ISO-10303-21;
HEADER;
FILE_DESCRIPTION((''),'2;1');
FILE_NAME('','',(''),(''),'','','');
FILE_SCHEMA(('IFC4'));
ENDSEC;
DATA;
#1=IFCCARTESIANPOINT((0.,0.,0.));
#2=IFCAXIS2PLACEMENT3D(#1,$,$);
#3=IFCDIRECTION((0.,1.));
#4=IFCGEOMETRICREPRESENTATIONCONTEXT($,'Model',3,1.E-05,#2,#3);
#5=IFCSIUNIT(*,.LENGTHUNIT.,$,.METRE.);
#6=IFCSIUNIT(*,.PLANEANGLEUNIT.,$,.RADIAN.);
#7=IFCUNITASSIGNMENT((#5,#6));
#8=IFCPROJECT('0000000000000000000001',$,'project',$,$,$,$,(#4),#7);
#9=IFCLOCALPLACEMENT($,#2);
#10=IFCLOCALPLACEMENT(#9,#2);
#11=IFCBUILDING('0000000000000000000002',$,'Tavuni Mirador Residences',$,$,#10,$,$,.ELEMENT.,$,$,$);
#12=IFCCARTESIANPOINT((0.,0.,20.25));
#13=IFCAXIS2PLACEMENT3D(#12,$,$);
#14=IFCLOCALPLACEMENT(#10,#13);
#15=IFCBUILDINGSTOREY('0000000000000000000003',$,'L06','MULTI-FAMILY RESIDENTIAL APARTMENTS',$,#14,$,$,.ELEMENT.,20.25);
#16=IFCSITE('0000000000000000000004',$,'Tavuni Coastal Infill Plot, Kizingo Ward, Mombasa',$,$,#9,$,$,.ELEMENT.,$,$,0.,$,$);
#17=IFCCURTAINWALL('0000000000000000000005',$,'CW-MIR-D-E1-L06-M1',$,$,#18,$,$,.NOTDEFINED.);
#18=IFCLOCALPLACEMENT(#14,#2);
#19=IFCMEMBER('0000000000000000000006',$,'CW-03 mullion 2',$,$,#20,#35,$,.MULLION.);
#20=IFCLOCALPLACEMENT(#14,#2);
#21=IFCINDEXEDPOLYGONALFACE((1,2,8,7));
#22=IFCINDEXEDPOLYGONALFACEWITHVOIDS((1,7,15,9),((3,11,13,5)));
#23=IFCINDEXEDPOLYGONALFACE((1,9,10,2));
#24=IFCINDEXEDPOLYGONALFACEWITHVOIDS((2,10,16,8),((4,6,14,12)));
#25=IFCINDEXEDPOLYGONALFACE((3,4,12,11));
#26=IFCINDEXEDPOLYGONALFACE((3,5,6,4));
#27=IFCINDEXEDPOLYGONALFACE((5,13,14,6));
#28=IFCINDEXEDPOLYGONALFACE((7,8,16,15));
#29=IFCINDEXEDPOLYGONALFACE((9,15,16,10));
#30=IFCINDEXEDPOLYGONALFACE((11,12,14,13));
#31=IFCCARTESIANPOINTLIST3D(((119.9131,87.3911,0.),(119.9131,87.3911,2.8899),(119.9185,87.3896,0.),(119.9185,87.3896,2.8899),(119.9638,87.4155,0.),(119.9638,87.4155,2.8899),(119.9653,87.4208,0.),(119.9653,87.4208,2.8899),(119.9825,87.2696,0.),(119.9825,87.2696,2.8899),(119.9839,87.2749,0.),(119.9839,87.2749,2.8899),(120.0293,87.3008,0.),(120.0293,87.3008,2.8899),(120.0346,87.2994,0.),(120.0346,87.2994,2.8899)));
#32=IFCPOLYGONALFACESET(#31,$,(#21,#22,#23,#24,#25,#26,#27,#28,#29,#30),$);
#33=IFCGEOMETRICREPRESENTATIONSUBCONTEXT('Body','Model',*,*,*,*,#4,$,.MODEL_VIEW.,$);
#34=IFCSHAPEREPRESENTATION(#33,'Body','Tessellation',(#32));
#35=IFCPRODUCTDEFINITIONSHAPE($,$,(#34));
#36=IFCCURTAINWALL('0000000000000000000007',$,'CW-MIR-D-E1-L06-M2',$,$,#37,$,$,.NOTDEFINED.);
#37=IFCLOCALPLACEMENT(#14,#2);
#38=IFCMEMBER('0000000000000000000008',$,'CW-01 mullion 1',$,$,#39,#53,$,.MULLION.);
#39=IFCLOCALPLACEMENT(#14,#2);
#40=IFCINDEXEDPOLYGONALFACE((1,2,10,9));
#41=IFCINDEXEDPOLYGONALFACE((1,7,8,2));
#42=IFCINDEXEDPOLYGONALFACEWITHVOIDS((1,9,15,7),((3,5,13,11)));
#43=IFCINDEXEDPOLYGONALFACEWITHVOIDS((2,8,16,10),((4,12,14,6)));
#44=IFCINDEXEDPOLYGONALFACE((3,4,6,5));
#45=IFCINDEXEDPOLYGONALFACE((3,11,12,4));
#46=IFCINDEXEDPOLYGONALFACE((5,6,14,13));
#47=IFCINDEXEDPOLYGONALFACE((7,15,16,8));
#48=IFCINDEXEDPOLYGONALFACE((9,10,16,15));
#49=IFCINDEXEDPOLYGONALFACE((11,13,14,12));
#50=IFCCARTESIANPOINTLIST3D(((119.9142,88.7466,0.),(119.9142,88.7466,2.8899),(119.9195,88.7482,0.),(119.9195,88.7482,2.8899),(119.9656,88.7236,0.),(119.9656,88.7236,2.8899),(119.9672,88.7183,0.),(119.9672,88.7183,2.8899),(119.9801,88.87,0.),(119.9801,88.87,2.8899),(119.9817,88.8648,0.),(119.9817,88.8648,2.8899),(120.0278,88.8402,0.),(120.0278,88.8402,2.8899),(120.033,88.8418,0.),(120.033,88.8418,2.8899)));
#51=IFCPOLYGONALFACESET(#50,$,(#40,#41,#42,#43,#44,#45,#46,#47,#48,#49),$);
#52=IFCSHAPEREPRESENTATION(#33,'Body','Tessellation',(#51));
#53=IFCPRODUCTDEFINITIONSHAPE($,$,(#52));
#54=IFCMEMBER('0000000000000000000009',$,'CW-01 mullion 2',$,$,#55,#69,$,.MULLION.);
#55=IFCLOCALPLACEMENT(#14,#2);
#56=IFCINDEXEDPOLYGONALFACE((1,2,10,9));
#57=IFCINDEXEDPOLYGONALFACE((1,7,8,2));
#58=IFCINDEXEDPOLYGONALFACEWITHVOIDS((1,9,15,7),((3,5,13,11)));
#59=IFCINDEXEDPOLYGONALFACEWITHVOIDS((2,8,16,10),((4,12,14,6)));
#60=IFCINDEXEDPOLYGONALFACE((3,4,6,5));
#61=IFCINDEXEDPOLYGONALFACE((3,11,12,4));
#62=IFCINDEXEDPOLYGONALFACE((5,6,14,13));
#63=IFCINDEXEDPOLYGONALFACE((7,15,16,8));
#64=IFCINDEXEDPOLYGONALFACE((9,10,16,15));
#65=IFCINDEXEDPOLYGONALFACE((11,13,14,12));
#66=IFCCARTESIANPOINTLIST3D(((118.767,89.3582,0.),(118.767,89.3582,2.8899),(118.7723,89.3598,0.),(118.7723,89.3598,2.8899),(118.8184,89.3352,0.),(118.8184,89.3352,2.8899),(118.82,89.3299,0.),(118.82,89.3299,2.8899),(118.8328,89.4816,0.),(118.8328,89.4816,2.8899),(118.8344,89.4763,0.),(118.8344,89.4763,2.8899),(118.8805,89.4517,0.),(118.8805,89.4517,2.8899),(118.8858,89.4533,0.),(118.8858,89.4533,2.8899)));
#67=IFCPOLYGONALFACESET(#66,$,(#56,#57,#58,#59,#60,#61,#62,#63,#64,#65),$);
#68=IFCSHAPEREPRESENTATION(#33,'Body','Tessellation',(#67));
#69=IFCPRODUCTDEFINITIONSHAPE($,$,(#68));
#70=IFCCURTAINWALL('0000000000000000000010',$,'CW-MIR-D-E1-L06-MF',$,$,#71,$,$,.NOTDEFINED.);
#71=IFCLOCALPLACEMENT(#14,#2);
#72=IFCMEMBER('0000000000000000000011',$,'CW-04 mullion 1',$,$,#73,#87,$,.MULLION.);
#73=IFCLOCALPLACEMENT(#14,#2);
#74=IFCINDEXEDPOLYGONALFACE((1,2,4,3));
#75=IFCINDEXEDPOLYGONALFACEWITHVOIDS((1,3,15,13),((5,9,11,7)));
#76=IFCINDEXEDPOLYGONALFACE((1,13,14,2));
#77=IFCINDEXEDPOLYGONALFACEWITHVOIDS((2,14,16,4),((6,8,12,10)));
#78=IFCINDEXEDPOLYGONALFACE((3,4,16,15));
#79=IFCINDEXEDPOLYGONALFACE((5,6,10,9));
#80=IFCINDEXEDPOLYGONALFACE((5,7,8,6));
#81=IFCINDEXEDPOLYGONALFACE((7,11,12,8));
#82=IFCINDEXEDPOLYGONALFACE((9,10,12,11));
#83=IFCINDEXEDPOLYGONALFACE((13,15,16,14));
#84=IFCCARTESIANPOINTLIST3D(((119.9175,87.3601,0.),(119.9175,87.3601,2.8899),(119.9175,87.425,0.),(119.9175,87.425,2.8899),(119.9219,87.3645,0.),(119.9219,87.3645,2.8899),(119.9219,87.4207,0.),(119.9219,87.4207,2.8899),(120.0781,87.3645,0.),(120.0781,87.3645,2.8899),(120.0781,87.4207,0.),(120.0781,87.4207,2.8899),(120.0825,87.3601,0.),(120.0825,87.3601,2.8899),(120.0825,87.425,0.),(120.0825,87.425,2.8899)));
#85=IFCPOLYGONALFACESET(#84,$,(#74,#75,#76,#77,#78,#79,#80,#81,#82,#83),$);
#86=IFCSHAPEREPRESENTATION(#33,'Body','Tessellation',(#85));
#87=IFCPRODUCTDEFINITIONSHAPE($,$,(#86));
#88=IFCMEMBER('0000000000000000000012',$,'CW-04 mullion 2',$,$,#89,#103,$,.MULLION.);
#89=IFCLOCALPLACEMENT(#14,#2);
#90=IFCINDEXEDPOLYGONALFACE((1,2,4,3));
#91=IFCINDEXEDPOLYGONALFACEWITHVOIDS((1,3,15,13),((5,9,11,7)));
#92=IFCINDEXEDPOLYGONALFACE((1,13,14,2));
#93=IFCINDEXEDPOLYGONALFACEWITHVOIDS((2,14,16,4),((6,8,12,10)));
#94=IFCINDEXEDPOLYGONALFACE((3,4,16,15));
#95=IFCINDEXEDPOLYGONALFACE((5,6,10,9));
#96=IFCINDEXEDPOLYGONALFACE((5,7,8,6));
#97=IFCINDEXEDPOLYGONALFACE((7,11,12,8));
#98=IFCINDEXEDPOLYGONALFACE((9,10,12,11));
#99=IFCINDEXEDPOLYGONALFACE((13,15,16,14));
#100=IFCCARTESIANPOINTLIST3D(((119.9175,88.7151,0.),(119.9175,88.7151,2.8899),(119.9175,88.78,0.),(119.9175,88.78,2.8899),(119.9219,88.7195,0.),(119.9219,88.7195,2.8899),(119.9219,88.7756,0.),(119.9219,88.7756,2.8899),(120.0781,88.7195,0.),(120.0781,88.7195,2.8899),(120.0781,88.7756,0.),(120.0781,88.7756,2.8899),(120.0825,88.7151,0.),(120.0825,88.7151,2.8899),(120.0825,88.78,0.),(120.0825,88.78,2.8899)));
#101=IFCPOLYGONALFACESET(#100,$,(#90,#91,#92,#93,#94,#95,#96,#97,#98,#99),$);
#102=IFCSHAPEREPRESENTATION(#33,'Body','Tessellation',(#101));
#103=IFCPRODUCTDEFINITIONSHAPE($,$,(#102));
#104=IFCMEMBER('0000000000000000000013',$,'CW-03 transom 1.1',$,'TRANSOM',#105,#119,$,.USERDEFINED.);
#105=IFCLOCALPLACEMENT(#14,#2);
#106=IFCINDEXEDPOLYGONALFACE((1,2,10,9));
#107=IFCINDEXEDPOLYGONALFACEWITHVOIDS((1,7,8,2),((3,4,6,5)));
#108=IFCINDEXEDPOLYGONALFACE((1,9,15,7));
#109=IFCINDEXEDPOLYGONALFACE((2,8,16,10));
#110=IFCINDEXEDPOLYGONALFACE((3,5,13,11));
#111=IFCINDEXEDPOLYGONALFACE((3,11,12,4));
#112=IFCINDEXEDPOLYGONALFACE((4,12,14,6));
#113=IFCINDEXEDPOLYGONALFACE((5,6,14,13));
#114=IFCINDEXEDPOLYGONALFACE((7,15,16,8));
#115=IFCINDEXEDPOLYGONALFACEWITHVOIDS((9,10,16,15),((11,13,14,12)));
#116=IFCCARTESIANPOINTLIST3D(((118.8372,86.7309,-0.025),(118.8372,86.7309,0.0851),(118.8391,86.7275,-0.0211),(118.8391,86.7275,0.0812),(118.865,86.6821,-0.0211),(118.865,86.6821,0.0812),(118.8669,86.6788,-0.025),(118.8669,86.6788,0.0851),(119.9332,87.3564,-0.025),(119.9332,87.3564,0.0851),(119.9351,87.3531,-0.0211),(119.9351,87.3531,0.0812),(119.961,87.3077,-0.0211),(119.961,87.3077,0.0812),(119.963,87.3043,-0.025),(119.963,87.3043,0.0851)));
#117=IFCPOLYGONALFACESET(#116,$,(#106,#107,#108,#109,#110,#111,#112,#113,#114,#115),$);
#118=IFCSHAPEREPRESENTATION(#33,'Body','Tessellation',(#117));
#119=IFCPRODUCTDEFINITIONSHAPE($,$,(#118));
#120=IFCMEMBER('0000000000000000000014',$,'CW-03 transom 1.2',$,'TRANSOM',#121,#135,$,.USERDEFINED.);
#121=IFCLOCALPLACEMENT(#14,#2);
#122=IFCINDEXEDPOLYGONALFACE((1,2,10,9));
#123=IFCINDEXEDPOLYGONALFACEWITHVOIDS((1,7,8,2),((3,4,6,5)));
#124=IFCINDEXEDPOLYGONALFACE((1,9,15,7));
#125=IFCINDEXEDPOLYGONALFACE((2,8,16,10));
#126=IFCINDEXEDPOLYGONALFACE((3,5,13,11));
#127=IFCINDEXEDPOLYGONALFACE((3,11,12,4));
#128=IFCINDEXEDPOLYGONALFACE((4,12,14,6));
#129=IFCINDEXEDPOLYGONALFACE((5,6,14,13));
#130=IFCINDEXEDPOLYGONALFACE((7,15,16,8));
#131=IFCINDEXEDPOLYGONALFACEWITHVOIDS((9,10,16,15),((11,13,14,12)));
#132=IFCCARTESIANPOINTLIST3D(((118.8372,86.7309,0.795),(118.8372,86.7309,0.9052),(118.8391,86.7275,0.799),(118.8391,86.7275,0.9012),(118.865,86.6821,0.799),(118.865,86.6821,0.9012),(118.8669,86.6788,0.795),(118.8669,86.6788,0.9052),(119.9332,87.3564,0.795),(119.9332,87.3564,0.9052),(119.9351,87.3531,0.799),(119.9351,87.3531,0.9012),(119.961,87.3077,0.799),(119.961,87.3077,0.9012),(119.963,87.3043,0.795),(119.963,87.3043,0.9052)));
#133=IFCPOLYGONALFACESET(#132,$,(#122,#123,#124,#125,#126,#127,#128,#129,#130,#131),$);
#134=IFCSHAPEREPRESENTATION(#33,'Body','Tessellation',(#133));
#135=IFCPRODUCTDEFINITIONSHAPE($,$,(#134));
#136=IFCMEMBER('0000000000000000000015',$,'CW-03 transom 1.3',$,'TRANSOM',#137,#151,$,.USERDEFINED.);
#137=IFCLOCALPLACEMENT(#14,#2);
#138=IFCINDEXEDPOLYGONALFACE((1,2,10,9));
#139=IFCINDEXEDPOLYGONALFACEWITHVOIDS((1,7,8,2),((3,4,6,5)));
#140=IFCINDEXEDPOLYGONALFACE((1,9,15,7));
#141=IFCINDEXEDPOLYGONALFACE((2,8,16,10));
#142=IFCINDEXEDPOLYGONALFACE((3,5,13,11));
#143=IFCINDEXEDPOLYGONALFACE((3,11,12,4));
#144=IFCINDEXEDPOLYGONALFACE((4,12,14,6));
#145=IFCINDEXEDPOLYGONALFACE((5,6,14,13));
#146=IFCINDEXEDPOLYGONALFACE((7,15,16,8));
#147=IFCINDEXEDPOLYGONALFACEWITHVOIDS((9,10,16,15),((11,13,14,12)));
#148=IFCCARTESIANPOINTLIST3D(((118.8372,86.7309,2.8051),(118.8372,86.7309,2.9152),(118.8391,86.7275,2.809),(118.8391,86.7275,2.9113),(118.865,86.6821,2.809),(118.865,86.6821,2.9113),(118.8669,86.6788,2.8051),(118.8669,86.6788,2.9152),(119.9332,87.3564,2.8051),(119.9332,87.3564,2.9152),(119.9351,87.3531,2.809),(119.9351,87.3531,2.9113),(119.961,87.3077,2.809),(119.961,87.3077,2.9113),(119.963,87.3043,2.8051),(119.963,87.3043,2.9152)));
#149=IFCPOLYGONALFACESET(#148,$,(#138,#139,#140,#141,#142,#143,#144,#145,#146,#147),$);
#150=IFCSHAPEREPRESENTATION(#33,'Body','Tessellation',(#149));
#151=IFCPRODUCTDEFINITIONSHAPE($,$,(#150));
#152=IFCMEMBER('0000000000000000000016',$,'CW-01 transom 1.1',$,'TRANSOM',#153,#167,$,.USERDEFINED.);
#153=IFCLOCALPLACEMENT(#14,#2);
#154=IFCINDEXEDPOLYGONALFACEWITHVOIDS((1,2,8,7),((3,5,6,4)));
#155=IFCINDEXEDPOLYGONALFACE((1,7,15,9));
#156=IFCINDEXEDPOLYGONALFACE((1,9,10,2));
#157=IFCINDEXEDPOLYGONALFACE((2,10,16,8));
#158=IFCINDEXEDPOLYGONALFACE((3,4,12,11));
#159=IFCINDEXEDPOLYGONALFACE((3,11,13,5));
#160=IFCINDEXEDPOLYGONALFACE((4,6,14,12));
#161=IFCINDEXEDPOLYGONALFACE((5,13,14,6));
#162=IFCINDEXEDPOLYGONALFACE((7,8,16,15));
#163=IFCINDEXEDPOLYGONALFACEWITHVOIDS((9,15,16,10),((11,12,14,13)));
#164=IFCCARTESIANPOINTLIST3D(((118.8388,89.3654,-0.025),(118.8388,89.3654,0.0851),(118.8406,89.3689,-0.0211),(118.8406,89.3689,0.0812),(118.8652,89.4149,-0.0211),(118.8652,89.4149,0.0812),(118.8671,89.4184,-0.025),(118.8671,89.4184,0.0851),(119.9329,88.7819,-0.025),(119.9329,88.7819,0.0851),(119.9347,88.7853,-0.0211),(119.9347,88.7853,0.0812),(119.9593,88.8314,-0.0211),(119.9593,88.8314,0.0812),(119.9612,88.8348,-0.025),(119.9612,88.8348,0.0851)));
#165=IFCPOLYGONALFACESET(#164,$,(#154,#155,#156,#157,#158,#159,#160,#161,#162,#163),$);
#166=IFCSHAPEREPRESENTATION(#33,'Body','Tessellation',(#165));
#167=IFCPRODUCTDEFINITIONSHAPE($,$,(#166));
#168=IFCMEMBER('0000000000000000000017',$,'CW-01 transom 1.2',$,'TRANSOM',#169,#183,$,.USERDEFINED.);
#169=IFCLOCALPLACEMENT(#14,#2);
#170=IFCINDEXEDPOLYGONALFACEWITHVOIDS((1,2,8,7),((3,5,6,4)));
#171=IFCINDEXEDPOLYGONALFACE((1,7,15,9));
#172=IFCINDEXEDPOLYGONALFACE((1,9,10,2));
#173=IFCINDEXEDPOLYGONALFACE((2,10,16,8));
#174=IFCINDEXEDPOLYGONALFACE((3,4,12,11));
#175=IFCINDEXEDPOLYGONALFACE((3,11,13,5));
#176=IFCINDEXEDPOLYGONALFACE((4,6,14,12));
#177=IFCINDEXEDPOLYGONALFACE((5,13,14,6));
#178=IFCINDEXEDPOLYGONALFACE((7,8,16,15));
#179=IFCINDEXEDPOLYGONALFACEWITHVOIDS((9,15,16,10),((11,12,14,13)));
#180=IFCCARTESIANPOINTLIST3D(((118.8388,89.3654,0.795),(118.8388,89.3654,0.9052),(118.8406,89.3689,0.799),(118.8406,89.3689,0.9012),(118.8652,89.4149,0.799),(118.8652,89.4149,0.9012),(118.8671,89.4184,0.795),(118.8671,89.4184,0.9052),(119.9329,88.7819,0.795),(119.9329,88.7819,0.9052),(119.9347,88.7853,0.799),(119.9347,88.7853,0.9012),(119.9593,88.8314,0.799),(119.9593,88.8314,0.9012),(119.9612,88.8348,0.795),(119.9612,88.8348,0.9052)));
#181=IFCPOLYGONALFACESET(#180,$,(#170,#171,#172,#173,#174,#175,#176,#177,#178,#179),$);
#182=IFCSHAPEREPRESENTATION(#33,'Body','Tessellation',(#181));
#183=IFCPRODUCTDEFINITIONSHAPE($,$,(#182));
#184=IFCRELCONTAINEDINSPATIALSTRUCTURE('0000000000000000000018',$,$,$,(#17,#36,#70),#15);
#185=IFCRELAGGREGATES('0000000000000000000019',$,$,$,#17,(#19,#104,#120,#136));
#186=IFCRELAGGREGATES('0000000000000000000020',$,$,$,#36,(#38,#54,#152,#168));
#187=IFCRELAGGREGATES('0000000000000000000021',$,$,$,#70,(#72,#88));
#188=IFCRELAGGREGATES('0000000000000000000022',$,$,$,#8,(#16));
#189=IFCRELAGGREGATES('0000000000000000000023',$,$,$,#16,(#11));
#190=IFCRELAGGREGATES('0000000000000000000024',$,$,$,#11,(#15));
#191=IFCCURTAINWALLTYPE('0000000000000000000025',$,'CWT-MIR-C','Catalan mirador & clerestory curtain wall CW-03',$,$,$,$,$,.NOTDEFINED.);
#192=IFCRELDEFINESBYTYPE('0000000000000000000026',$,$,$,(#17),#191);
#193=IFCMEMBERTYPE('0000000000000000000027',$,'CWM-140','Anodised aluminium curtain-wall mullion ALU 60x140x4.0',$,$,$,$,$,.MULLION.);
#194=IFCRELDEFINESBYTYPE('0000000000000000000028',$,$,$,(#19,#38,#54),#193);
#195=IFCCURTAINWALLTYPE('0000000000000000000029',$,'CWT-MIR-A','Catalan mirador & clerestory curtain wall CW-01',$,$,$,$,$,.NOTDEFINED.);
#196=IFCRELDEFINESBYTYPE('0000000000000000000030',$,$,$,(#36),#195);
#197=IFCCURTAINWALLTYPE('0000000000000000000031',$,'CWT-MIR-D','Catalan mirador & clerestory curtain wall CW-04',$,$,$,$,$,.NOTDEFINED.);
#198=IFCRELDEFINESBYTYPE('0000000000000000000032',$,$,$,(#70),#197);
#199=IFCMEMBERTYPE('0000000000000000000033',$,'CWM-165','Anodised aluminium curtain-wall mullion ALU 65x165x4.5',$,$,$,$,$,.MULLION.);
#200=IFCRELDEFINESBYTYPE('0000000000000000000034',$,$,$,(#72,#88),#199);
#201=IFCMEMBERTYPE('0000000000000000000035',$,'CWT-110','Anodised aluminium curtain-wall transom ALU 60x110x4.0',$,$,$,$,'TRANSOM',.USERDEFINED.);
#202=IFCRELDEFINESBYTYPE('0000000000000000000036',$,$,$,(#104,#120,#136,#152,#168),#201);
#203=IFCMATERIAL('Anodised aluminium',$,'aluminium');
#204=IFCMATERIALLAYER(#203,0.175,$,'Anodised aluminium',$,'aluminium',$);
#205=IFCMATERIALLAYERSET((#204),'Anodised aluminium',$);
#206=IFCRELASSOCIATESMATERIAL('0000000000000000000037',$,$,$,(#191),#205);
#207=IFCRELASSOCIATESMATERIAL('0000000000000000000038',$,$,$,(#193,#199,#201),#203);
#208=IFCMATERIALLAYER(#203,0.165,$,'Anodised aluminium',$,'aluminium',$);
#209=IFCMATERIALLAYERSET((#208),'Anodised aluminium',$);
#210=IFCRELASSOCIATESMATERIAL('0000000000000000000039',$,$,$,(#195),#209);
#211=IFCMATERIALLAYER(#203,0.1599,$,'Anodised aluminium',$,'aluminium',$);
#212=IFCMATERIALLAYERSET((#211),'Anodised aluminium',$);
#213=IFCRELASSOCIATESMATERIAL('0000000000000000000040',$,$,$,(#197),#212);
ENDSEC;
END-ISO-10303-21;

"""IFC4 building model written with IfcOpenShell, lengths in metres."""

from ifc_helpers import new_model, si_unit, direction, frame, origin, origin_2d, place, context, subcontext, project, spatial, hollow_rectangle, extrude, material, layer, layer_set, material_profile, profile_set, type_object, element, aggregate, save


model = new_model("IFC4")

# Units and contexts
model_context = context("Model", 3, precision=1e-05, world=origin(), true_north=direction((0.0, 1.0)))
body_context = subcontext(model_context, "Body", "Model", "MODEL_VIEW")
ifc_project = project(units=[si_unit("LENGTHUNIT", "METRE"), si_unit("PLANEANGLEUNIT", "RADIAN")], contexts=[model_context])

# Site, building, storey
site_placement = place(None, origin())
site = spatial("IfcSite", under=ifc_project, at=site_placement, Name="Tavuni Coastal Infill Plot, Kizingo Ward, Mombasa", CompositionType="ELEMENT", RefElevation=0.0)
building_placement = place(site_placement, origin())
building = spatial("IfcBuilding", under=site, at=building_placement, Name="Tavuni Mirador Residences", CompositionType="ELEMENT")
storey_placement = place(building_placement, frame((0.0, 0.0, 20.25)))
storey = spatial("IfcBuildingStorey", under=building, at=storey_placement, Name="L06", Description="MULTI-FAMILY RESIDENTIAL APARTMENTS", CompositionType="ELEMENT", Elevation=20.25)

# Curtain wall, member
ifc_material_1 = material(Name="Anodised aluminium", Category="aluminium")
ifc_layer_1 = layer(ifc_material_1, 0.175, Name="Anodised aluminium", Category="aluminium")
ifc_layer_set_1 = layer_set([ifc_layer_1], Name="Anodised aluminium")
curtain_wall_type_1 = type_object("IfcCurtainWallType", Name="CWT-MIR-C", Description="Catalan mirador & clerestory curtain wall CW-03", PredefinedType="NOTDEFINED", material=ifc_layer_set_1)
curtain_wall_1_placement = place(storey_placement, origin())
curtain_wall_1 = element("IfcCurtainWall", 1, at=curtain_wall_1_placement, inside=storey, type_object=curtain_wall_type_1, Name="CW-MIR-D-E1-L06-M1", PredefinedType="NOTDEFINED")
ifc_material_profile_1 = material_profile(ifc_material_1, hollow_rectangle(XDim=0.0601, YDim=0.1399, WallThickness=0.0039, at=origin_2d()), Name="ALU 60x140x4.0", Category="aluminium")
ifc_profile_set_1 = profile_set([ifc_material_profile_1], Name="Anodised aluminium")
member_type_1 = type_object("IfcMemberType", Name="CWM-140", Description="Anodised aluminium curtain-wall mullion ALU 60x140x4.0", PredefinedType="MULLION", material=ifc_profile_set_1)
member_1_placement = place(storey_placement, frame((119.9739, 87.3452, 0.0), z_axis=(0.0, 0.0, 1.0), x_axis=(0.868466, 0.495749, 0.0)))
member_1 = element("IfcMember", 2, at=member_1_placement, type_object=member_type_1, Name="CW-03 mullion 2", PredefinedType="MULLION", context=body_context, shape_type="SweptSolid", body=[
    extrude(hollow_rectangle(XDim=0.0601, YDim=0.1399, WallThickness=0.0039, at=origin_2d()), origin(), (0.0, 0.0, 1.0), 2.8899),
])

# Curtain walls, members
ifc_layer_2 = layer(ifc_material_1, 0.165, Name="Anodised aluminium", Category="aluminium")
ifc_layer_set_2 = layer_set([ifc_layer_2], Name="Anodised aluminium")
curtain_wall_type_2 = type_object("IfcCurtainWallType", Name="CWT-MIR-A", Description="Catalan mirador & clerestory curtain wall CW-01", PredefinedType="NOTDEFINED", material=ifc_layer_set_2)
curtain_wall_2_placement = place(storey_placement, origin())
curtain_wall_2 = element("IfcCurtainWall", 3, at=curtain_wall_2_placement, inside=storey, type_object=curtain_wall_type_2, Name="CW-MIR-D-E1-L06-M2", PredefinedType="NOTDEFINED")
member_2_placement = place(storey_placement, frame((119.9736, 88.7942, 0.0), z_axis=(0.0, 0.0, 1.0), x_axis=(-0.882353, 0.470588, 0.0)))
member_2 = element("IfcMember", 4, at=member_2_placement, type_object=member_type_1, Name="CW-01 mullion 1", PredefinedType="MULLION", context=body_context, shape_type="SweptSolid", body=[
    extrude(hollow_rectangle(XDim=0.0601, YDim=0.1399, WallThickness=0.0039, at=origin_2d()), origin(), (0.0, 0.0, 1.0), 2.8899),
])
member_3_placement = place(storey_placement, frame((118.8264, 89.4058, 0.0), z_axis=(0.0, 0.0, 1.0), x_axis=(-0.882353, 0.470588, 0.0)))
member_3 = element("IfcMember", 5, at=member_3_placement, type_object=member_type_1, Name="CW-01 mullion 2", PredefinedType="MULLION", context=body_context, shape_type="SweptSolid", body=[
    extrude(hollow_rectangle(XDim=0.0601, YDim=0.1399, WallThickness=0.0039, at=origin_2d()), origin(), (0.0, 0.0, 1.0), 2.8899),
])
ifc_layer_3 = layer(ifc_material_1, 0.1599, Name="Anodised aluminium", Category="aluminium")
ifc_layer_set_3 = layer_set([ifc_layer_3], Name="Anodised aluminium")
curtain_wall_type_3 = type_object("IfcCurtainWallType", Name="CWT-MIR-D", Description="Catalan mirador & clerestory curtain wall CW-04", PredefinedType="NOTDEFINED", material=ifc_layer_set_3)
curtain_wall_3_placement = place(storey_placement, origin())
curtain_wall_3 = element("IfcCurtainWall", 6, at=curtain_wall_3_placement, inside=storey, type_object=curtain_wall_type_3, Name="CW-MIR-D-E1-L06-MF", PredefinedType="NOTDEFINED")
ifc_material_profile_2 = material_profile(ifc_material_1, hollow_rectangle(XDim=0.0649, YDim=0.165, WallThickness=0.0044, at=origin_2d()), Name="ALU 65x165x4.5", Category="aluminium")
ifc_profile_set_2 = profile_set([ifc_material_profile_2], Name="Anodised aluminium")
member_type_2 = type_object("IfcMemberType", Name="CWM-165", Description="Anodised aluminium curtain-wall mullion ALU 65x165x4.5", PredefinedType="MULLION", material=ifc_profile_set_2)
member_4_placement = place(storey_placement, frame((120.0, 87.3926, 0.0), z_axis=(0.0, 0.0, 1.0), x_axis=(0.0, 1.0, 0.0)))
member_4 = element("IfcMember", 7, at=member_4_placement, type_object=member_type_2, Name="CW-04 mullion 1", PredefinedType="MULLION", context=body_context, shape_type="SweptSolid", body=[
    extrude(hollow_rectangle(XDim=0.0649, YDim=0.165, WallThickness=0.0044, at=origin_2d()), origin(), (0.0, 0.0, 1.0), 2.8899),
])
member_5_placement = place(storey_placement, frame((120.0, 88.7476, 0.0), z_axis=(0.0, 0.0, 1.0), x_axis=(0.0, 1.0, 0.0)))
member_5 = element("IfcMember", 8, at=member_5_placement, type_object=member_type_2, Name="CW-04 mullion 2", PredefinedType="MULLION", context=body_context, shape_type="SweptSolid", body=[
    extrude(hollow_rectangle(XDim=0.0649, YDim=0.165, WallThickness=0.0044, at=origin_2d()), origin(), (0.0, 0.0, 1.0), 2.8899),
])

# Members
ifc_material_profile_3 = material_profile(ifc_material_1, hollow_rectangle(XDim=0.0601, YDim=0.1101, WallThickness=0.0039, at=origin_2d()), Name="ALU 60x110x4.0", Category="aluminium")
ifc_profile_set_3 = profile_set([ifc_material_profile_3], Name="Anodised aluminium")
member_type_3 = type_object("IfcMemberType", Name="CWT-110", Description="Anodised aluminium curtain-wall transom ALU 60x110x4.0", ElementType="TRANSOM", PredefinedType="USERDEFINED", material=ifc_profile_set_3)
member_6_placement = place(storey_placement, frame((118.8521, 86.7048, 0.03), z_axis=(0.868505, 0.49568, 0.0), x_axis=(-0.49568, 0.868505, 0.0)))
member_6 = element("IfcMember", 9, at=member_6_placement, type_object=member_type_3, Name="CW-03 transom 1.1", ObjectType="TRANSOM", PredefinedType="USERDEFINED", context=body_context, shape_type="SweptSolid", body=[
    extrude(hollow_rectangle(XDim=0.0601, YDim=0.1101, WallThickness=0.0039, at=origin_2d()), origin(), (0.0, 0.0, 1.0), 1.262),
])
member_7_placement = place(storey_placement, frame((118.8521, 86.7048, 0.8501), z_axis=(0.868505, 0.49568, 0.0), x_axis=(-0.49568, 0.868505, 0.0)))
member_7 = element("IfcMember", 10, at=member_7_placement, type_object=member_type_3, Name="CW-03 transom 1.2", ObjectType="TRANSOM", PredefinedType="USERDEFINED", context=body_context, shape_type="SweptSolid", body=[
    extrude(hollow_rectangle(XDim=0.0601, YDim=0.1101, WallThickness=0.0039, at=origin_2d()), origin(), (0.0, 0.0, 1.0), 1.262),
])
member_8_placement = place(storey_placement, frame((118.8521, 86.7048, 2.8601), z_axis=(0.868505, 0.49568, 0.0), x_axis=(-0.49568, 0.868505, 0.0)))
member_8 = element("IfcMember", 11, at=member_8_placement, type_object=member_type_3, Name="CW-03 transom 1.3", ObjectType="TRANSOM", PredefinedType="USERDEFINED", context=body_context, shape_type="SweptSolid", body=[
    extrude(hollow_rectangle(XDim=0.0601, YDim=0.1101, WallThickness=0.0039, at=origin_2d()), origin(), (0.0, 0.0, 1.0), 1.262),
])
member_9_placement = place(storey_placement, frame((119.947, 88.8083, 0.03), z_axis=(-0.882342, 0.470609, 0.0), x_axis=(-0.470609, -0.882342, 0.0)))
member_9 = element("IfcMember", 12, at=member_9_placement, type_object=member_type_3, Name="CW-01 transom 1.1", ObjectType="TRANSOM", PredefinedType="USERDEFINED", context=body_context, shape_type="SweptSolid", body=[
    extrude(hollow_rectangle(XDim=0.0601, YDim=0.1101, WallThickness=0.0039, at=origin_2d()), origin(), (0.0, 0.0, 1.0), 1.24),
])
member_10_placement = place(storey_placement, frame((119.947, 88.8083, 0.8501), z_axis=(-0.882342, 0.470609, 0.0), x_axis=(-0.470609, -0.882342, 0.0)))
member_10 = element("IfcMember", 13, at=member_10_placement, type_object=member_type_3, Name="CW-01 transom 1.2", ObjectType="TRANSOM", PredefinedType="USERDEFINED", context=body_context, shape_type="SweptSolid", body=[
    extrude(hollow_rectangle(XDim=0.0601, YDim=0.1101, WallThickness=0.0039, at=origin_2d()), origin(), (0.0, 0.0, 1.0), 1.24),
])

aggregate(curtain_wall_1, [member_1, member_6, member_7, member_8])
aggregate(curtain_wall_2, [member_2, member_3, member_9, member_10])
aggregate(curtain_wall_3, [member_4, member_5])

save(model, "model.ifc")
